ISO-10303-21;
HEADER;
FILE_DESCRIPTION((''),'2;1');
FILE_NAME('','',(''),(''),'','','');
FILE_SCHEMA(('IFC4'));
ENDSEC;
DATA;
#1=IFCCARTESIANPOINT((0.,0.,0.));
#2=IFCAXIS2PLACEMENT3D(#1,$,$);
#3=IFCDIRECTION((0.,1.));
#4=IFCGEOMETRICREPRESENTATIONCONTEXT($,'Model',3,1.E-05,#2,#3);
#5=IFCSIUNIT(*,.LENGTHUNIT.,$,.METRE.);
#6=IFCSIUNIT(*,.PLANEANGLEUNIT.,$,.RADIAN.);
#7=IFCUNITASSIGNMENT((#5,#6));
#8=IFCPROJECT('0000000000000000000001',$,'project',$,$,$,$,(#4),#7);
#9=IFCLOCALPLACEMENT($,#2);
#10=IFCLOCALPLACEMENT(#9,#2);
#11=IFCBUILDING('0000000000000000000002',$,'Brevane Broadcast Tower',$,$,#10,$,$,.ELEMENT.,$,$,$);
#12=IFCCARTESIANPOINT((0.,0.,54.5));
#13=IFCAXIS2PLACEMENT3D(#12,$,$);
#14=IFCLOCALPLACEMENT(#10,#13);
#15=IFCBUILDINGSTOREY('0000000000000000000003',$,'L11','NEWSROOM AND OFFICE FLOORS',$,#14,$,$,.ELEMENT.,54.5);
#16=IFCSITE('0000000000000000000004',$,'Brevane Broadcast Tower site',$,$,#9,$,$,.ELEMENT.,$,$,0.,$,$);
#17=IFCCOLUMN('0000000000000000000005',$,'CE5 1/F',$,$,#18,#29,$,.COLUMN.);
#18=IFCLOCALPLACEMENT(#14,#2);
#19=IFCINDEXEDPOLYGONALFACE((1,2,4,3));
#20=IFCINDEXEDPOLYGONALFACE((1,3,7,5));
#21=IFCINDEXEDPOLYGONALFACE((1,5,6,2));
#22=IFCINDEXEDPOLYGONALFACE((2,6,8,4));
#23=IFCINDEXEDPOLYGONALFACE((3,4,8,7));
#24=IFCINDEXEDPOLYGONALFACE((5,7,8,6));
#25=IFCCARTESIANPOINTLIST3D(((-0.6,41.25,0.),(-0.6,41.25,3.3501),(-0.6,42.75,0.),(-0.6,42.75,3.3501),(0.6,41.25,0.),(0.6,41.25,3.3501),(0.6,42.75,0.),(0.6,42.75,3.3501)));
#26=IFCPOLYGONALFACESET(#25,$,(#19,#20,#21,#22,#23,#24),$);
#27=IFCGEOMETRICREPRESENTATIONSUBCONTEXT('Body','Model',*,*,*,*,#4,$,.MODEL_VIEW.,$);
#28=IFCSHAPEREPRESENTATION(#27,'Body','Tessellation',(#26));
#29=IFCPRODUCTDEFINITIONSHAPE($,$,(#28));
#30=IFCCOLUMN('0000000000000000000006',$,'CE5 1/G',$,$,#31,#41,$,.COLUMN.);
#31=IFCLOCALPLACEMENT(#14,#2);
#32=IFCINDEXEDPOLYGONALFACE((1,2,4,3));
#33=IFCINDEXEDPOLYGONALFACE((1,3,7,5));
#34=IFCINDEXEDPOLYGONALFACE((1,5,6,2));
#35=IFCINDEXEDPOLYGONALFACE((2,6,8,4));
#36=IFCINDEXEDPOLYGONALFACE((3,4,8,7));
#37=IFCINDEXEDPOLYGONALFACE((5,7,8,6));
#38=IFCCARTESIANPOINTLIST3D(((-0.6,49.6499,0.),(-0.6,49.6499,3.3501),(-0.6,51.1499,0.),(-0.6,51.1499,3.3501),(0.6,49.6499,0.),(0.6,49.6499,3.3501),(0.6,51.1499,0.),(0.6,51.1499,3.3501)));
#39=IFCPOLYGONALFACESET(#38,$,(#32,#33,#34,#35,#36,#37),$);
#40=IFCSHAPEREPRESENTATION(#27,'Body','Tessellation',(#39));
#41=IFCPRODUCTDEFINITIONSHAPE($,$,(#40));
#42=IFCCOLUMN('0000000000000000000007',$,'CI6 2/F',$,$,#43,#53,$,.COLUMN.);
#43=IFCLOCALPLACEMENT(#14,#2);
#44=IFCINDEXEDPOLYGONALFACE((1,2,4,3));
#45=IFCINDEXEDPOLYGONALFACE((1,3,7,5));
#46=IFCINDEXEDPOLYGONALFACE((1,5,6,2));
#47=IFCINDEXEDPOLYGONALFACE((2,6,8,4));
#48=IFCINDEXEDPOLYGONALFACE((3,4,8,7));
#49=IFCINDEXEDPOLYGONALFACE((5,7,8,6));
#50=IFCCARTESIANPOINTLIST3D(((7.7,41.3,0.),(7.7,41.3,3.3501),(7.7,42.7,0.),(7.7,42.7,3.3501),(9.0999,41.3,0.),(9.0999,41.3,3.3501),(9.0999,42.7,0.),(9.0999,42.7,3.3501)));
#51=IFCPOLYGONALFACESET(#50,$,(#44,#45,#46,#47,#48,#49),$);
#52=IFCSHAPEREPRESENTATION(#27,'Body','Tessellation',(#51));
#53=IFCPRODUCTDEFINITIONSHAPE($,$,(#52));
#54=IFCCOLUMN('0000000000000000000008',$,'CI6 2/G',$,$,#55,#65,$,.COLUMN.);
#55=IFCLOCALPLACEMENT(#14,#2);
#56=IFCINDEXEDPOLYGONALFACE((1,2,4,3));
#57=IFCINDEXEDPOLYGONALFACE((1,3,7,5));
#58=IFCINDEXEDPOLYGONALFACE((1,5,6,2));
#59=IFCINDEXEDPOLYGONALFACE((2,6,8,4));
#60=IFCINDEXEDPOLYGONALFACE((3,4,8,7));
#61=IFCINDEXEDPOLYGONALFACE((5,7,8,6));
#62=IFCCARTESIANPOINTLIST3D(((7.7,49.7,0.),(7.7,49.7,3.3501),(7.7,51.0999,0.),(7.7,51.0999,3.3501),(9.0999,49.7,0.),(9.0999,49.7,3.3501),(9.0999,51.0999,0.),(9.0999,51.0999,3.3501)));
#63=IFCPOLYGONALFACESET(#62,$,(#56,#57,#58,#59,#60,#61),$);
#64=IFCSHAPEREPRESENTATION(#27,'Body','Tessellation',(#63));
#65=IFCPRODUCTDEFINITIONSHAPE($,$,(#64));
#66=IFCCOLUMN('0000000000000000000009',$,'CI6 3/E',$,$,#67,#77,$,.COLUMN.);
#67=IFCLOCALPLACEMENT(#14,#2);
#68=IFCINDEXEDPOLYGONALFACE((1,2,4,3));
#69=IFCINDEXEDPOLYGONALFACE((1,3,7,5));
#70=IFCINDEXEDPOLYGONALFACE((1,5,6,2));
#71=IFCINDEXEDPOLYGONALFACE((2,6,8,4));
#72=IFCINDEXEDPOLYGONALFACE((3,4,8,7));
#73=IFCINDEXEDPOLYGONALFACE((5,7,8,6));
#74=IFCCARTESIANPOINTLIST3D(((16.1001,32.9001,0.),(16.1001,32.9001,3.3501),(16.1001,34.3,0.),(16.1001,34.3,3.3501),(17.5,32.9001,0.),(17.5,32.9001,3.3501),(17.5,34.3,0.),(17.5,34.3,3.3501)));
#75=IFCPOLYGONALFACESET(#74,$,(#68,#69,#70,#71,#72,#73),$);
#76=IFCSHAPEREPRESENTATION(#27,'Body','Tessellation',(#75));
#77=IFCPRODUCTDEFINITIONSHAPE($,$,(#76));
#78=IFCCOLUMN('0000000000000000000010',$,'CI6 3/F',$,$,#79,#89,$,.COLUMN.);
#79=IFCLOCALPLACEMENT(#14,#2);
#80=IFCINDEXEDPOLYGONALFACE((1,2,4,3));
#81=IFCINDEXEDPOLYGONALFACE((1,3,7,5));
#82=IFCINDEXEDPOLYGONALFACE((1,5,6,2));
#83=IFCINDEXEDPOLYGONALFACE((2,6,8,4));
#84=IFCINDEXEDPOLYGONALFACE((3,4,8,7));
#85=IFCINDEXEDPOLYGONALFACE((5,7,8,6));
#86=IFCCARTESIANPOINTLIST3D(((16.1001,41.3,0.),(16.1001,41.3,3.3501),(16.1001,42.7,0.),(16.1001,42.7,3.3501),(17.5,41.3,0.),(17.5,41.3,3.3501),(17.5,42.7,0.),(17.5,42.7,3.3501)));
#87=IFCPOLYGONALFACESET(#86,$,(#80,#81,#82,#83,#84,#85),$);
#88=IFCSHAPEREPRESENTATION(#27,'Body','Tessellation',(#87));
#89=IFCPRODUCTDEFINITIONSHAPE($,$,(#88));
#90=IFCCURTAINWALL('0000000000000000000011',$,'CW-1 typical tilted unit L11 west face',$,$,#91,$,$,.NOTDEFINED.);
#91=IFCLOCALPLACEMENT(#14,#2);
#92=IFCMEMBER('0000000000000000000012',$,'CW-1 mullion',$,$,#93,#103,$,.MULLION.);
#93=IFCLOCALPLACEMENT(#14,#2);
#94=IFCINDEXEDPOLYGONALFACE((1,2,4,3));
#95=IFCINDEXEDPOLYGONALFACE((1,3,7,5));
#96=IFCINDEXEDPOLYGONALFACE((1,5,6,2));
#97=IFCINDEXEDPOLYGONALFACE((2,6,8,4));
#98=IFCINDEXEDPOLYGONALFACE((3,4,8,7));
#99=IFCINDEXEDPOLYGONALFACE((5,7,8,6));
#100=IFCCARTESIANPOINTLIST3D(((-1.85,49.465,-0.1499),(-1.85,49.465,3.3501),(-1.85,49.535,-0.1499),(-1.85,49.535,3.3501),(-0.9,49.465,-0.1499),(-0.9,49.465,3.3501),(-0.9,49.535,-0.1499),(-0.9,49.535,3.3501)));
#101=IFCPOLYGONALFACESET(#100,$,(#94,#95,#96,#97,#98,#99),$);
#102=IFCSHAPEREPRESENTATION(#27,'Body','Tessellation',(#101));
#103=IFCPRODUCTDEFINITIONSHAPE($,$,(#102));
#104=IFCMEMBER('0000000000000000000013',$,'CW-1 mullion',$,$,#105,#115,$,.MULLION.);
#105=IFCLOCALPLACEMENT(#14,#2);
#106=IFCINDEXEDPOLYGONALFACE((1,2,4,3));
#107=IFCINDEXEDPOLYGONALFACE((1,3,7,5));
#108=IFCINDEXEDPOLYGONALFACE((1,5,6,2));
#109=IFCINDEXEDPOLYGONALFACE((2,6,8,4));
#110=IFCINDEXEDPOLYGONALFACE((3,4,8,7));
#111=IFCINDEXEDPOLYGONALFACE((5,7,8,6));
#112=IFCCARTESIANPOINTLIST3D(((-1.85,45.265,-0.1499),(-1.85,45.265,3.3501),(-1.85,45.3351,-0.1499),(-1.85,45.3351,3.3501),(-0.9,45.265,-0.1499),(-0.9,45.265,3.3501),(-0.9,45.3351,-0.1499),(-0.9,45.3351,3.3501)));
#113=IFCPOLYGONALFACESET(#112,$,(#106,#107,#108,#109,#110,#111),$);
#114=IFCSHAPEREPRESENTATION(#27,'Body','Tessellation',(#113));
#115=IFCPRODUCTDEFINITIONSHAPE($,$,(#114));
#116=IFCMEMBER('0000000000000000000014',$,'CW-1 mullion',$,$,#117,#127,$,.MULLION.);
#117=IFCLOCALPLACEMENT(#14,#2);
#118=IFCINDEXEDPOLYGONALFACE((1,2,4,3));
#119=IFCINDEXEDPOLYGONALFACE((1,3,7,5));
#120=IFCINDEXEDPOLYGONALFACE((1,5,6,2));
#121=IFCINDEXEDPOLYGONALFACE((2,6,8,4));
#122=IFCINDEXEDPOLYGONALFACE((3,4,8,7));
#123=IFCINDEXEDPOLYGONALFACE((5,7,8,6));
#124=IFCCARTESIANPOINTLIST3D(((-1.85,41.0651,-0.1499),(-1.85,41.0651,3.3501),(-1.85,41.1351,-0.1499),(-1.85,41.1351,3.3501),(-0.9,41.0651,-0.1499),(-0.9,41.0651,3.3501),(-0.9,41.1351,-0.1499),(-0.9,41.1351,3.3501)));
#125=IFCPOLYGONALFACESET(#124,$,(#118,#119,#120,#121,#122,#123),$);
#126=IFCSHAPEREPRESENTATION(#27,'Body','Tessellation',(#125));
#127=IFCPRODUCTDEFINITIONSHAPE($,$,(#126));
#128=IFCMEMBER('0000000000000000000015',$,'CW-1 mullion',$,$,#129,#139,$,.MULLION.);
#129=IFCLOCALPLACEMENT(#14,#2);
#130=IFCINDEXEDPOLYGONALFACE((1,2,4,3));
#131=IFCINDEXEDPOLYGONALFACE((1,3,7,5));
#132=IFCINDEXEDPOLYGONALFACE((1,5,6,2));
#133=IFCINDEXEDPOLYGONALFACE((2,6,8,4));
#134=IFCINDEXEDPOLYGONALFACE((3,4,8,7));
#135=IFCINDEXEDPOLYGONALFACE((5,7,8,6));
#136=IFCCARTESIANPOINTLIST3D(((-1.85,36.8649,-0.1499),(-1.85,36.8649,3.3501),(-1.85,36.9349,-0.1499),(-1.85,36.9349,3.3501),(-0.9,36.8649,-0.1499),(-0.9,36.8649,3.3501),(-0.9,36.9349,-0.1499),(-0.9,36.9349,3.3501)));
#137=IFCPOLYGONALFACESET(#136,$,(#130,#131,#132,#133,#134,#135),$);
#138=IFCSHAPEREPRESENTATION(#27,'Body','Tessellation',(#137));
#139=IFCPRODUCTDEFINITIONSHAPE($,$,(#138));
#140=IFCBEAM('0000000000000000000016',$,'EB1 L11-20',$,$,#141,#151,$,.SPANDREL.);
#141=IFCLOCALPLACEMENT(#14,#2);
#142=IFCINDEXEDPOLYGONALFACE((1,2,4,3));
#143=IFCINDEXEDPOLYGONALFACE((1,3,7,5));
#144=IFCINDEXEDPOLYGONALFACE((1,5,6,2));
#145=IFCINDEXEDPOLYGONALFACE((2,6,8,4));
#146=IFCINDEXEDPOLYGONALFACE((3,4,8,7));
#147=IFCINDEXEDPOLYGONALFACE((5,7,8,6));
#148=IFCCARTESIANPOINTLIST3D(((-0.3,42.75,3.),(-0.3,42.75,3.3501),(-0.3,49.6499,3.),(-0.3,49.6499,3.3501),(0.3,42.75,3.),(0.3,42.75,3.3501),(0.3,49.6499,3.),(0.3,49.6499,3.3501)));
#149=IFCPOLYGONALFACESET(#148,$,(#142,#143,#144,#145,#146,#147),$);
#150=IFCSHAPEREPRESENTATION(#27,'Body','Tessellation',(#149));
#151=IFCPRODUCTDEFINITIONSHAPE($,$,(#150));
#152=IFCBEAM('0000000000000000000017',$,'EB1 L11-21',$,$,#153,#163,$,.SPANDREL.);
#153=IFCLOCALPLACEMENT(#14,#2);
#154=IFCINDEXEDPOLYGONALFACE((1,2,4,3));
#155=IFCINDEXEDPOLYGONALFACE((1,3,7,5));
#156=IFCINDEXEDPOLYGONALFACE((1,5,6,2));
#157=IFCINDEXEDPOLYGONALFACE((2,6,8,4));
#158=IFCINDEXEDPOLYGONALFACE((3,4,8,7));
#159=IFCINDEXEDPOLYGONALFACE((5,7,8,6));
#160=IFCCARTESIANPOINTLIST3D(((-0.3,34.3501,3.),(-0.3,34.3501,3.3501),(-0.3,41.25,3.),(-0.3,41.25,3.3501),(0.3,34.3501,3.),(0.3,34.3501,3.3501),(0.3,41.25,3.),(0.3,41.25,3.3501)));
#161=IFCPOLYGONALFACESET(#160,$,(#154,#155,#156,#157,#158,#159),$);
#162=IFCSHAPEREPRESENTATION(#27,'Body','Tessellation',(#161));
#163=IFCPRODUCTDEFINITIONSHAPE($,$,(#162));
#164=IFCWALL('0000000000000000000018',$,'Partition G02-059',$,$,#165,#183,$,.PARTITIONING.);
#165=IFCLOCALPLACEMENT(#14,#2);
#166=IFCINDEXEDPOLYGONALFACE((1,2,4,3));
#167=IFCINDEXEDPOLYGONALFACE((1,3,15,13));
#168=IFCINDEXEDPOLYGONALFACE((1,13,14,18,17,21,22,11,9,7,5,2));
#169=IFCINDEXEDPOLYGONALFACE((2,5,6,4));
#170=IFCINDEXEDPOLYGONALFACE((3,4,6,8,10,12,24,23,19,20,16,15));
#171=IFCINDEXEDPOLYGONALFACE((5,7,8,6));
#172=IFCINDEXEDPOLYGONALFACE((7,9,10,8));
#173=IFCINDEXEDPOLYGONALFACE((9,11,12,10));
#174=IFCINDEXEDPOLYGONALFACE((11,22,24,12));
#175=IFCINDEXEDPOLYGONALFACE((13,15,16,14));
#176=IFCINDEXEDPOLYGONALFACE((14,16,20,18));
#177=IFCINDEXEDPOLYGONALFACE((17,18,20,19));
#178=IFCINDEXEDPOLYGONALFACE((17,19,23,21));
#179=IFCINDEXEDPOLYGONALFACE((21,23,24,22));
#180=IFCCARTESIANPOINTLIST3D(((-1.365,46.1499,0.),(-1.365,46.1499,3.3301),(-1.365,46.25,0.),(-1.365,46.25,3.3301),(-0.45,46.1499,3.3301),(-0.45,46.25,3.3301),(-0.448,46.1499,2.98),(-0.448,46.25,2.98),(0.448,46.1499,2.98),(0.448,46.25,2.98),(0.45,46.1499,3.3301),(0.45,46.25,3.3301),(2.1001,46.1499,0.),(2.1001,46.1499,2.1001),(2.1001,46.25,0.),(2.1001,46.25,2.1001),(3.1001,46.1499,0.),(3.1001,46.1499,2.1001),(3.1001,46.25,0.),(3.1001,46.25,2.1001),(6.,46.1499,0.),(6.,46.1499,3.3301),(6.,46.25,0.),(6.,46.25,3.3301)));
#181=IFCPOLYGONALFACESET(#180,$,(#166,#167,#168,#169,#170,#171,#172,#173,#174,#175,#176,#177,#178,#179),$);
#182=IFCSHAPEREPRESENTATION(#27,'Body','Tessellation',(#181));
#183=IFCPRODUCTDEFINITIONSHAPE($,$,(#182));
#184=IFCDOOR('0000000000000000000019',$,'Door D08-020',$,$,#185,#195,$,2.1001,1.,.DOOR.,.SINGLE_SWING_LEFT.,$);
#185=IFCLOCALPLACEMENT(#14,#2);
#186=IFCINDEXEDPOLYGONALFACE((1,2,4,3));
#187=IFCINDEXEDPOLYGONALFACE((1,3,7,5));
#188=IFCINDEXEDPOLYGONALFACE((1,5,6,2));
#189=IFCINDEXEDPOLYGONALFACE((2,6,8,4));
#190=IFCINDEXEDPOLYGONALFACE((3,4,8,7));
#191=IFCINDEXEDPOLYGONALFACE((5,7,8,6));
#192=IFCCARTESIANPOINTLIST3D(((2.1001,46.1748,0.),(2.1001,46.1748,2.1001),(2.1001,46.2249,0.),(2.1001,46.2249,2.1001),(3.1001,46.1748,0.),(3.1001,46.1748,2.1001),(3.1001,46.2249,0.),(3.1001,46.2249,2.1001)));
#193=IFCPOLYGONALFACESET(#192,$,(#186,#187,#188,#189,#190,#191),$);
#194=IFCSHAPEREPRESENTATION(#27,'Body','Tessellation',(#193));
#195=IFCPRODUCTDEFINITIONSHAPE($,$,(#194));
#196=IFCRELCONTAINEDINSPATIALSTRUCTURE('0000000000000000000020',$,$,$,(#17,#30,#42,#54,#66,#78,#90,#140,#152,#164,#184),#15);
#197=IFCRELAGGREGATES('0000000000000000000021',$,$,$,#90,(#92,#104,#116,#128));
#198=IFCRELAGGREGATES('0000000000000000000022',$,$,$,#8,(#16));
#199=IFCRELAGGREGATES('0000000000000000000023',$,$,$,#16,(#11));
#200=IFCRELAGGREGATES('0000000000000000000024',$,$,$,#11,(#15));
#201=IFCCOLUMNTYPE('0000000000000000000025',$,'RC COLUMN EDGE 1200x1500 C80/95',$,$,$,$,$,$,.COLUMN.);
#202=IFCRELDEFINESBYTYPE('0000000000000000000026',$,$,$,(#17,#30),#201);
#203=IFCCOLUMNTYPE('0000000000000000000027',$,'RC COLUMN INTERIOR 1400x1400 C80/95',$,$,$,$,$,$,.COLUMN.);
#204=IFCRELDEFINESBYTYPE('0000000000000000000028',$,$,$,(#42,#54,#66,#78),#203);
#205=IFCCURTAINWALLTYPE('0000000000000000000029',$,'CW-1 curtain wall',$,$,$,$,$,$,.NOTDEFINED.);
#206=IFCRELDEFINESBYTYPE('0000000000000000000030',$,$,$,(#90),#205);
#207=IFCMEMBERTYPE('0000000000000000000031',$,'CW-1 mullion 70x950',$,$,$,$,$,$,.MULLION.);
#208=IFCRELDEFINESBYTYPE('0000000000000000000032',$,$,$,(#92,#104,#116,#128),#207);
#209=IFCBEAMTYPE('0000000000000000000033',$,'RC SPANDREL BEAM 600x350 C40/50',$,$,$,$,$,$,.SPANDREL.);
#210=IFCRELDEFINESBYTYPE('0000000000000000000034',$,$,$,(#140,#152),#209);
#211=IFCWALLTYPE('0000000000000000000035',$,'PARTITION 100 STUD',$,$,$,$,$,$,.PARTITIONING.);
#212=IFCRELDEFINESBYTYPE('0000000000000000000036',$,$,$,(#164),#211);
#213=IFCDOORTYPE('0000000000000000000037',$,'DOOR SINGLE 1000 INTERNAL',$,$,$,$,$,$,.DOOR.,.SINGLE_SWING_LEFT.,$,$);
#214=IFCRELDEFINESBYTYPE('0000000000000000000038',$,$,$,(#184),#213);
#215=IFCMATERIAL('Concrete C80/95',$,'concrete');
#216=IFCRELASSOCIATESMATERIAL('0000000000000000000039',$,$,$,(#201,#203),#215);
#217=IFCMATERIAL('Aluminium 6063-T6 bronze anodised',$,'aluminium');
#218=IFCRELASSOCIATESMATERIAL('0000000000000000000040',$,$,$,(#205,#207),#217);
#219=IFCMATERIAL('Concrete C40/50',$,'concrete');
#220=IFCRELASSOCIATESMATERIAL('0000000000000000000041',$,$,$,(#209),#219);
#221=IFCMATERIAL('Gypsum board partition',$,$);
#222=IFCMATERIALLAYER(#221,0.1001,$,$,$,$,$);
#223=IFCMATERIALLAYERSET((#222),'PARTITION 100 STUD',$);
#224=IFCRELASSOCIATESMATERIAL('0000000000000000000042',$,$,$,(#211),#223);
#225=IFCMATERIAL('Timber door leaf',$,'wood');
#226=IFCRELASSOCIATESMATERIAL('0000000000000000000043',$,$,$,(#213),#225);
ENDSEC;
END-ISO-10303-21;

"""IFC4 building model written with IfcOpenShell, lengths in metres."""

from ifc_helpers import new_model, si_unit, direction, frame, frame_2d, origin, origin_2d, place, context, subcontext, project, spatial, polyline, rectangle, outline, extrude, material, layer, layer_set, material_profile, profile_set, type_object, element, fill, aggregate, save


model = new_model("IFC4")

# Units and contexts
model_context = context("Model", 3, precision=1e-05, world=origin(), true_north=direction((0.0, 1.0)))
body_context = subcontext(model_context, "Body", "Model", "MODEL_VIEW")
ifc_project = project(units=[si_unit("LENGTHUNIT", "METRE"), si_unit("PLANEANGLEUNIT", "RADIAN")], contexts=[model_context])

# Site, building, storey
site_placement = place(None, origin())
site = spatial("IfcSite", under=ifc_project, at=site_placement, Name="Brevane Broadcast Tower site", CompositionType="ELEMENT", RefElevation=0.0)
building_placement = place(site_placement, origin())
building = spatial("IfcBuilding", under=site, at=building_placement, Name="Brevane Broadcast Tower", CompositionType="ELEMENT")
storey_placement = place(building_placement, frame((0.0, 0.0, 54.5)))
storey = spatial("IfcBuildingStorey", under=building, at=storey_placement, Name="L11", Description="NEWSROOM AND OFFICE FLOORS", CompositionType="ELEMENT", Elevation=54.5)

# Columns
ifc_material_1 = material(Name="Concrete C80/95", Category="concrete")
ifc_material_profile_1 = material_profile(ifc_material_1, rectangle(XDim=1.2, YDim=1.5, at=origin_2d()), Name="RC 1200x1500")
ifc_profile_set_1 = profile_set([ifc_material_profile_1], Name="Concrete C80/95")
column_type_1 = type_object("IfcColumnType", Name="RC COLUMN EDGE 1200x1500 C80/95", PredefinedType="COLUMN", material=ifc_profile_set_1)
for number, where, z_axis, x_axis, name in (
    (1, (0.0, 42.0, 0.0), (0.0, 0.0, 1.0), (1.0, 0.0, 0.0), "CE5 1/F"),
    (2, (0.0, 50.3999, 0.0), (0.0, 0.0, 1.0), (1.0, 0.0, 0.0), "CE5 1/G"),
):
    element("IfcColumn", number, at=place(storey_placement, frame(where, z_axis=z_axis, x_axis=x_axis)), inside=storey, type_object=column_type_1, Name=name, PredefinedType="COLUMN", context=body_context, shape_type="SweptSolid", body=[
        extrude(rectangle(XDim=1.2, YDim=1.5, at=origin_2d()), origin(), (0.0, 0.0, 1.0), 3.3501),
    ])
ifc_material_profile_2 = material_profile(ifc_material_1, rectangle(XDim=1.3999, YDim=1.3999, at=origin_2d()), Name="RC 1400x1400")
ifc_profile_set_2 = profile_set([ifc_material_profile_2], Name="Concrete C80/95")
column_type_2 = type_object("IfcColumnType", Name="RC COLUMN INTERIOR 1400x1400 C80/95", PredefinedType="COLUMN", material=ifc_profile_set_2)
for number, where, z_axis, x_axis, name in (
    (3, (8.3999, 42.0, 0.0), (0.0, 0.0, 1.0), (1.0, 0.0, 0.0), "CI6 2/F"),
    (4, (8.3999, 50.3999, 0.0), (0.0, 0.0, 1.0), (1.0, 0.0, 0.0), "CI6 2/G"),
    (5, (16.8, 33.6001, 0.0), (0.0, 0.0, 1.0), (1.0, 0.0, 0.0), "CI6 3/E"),
    (6, (16.8, 42.0, 0.0), (0.0, 0.0, 1.0), (1.0, 0.0, 0.0), "CI6 3/F"),
):
    element("IfcColumn", number, at=place(storey_placement, frame(where, z_axis=z_axis, x_axis=x_axis)), inside=storey, type_object=column_type_2, Name=name, PredefinedType="COLUMN", context=body_context, shape_type="SweptSolid", body=[
        extrude(rectangle(XDim=1.3999, YDim=1.3999, at=origin_2d()), origin(), (0.0, 0.0, 1.0), 3.3501),
    ])

# Curtain wall, members
ifc_material_2 = material(Name="Aluminium 6063-T6 bronze anodised", Category="aluminium")
curtain_wall_type = type_object("IfcCurtainWallType", Name="CW-1 curtain wall", PredefinedType="NOTDEFINED", material=ifc_material_2)
curtain_wall_placement = place(storey_placement, origin())
curtain_wall = element("IfcCurtainWall", 7, at=curtain_wall_placement, inside=storey, type_object=curtain_wall_type, Name="CW-1 typical tilted unit L11 west face", PredefinedType="NOTDEFINED")
ifc_material_profile_3 = material_profile(ifc_material_2, rectangle(XDim=0.95, YDim=0.0701, at=origin_2d()), Name="RECT 70x950")
ifc_profile_set_3 = profile_set([ifc_material_profile_3], Name="Aluminium 6063-T6 bronze anodised")
member_type = type_object("IfcMemberType", Name="CW-1 mullion 70x950", PredefinedType="MULLION", material=ifc_profile_set_3)
member_1_placement = place(storey_placement, frame((-1.375, 49.5, -0.1499), z_axis=(0.0, 0.0, 1.0), x_axis=(1.0, 0.0, 0.0)))
member_1 = element("IfcMember", 8, at=member_1_placement, type_object=member_type, Name="CW-1 mullion", PredefinedType="MULLION", context=body_context, shape_type="SweptSolid", body=[
    extrude(rectangle(XDim=0.95, YDim=0.0701, at=origin_2d()), origin(), (0.0, 0.0, 1.0), 3.5),
])
member_2_placement = place(storey_placement, frame((-1.375, 45.3, -0.1499), z_axis=(0.0, 0.0, 1.0), x_axis=(1.0, 0.0, 0.0)))
member_2 = element("IfcMember", 9, at=member_2_placement, type_object=member_type, Name="CW-1 mullion", PredefinedType="MULLION", context=body_context, shape_type="SweptSolid", body=[
    extrude(rectangle(XDim=0.95, YDim=0.0701, at=origin_2d()), origin(), (0.0, 0.0, 1.0), 3.5),
])
member_3_placement = place(storey_placement, frame((-1.375, 41.1001, -0.1499), z_axis=(0.0, 0.0, 1.0), x_axis=(1.0, 0.0, 0.0)))
member_3 = element("IfcMember", 10, at=member_3_placement, type_object=member_type, Name="CW-1 mullion", PredefinedType="MULLION", context=body_context, shape_type="SweptSolid", body=[
    extrude(rectangle(XDim=0.95, YDim=0.0701, at=origin_2d()), origin(), (0.0, 0.0, 1.0), 3.5),
])
member_4_placement = place(storey_placement, frame((-1.375, 36.8999, -0.1499), z_axis=(0.0, 0.0, 1.0), x_axis=(1.0, 0.0, 0.0)))
member_4 = element("IfcMember", 11, at=member_4_placement, type_object=member_type, Name="CW-1 mullion", PredefinedType="MULLION", context=body_context, shape_type="SweptSolid", body=[
    extrude(rectangle(XDim=0.95, YDim=0.0701, at=origin_2d()), origin(), (0.0, 0.0, 1.0), 3.5),
])
aggregate(curtain_wall, [member_1, member_2, member_3, member_4])

# Beams
ifc_material_3 = material(Name="Concrete C40/50", Category="concrete")
ifc_material_profile_4 = material_profile(ifc_material_3, rectangle(XDim=0.6001, YDim=0.3501, at=origin_2d()), Name="RC 600x350")
ifc_profile_set_4 = profile_set([ifc_material_profile_4], Name="Concrete C40/50")
beam_type = type_object("IfcBeamType", Name="RC SPANDREL BEAM 600x350 C40/50", PredefinedType="SPANDREL", material=ifc_profile_set_4)
for number, where, z_axis, x_axis, name in (
    (12, (0.0, 49.6499, 3.175), (0.0, -1.0, 0.0), (1.0, 0.0, 0.0), "EB1 L11-20"),
    (13, (0.0, 41.25, 3.175), (0.0, -1.0, 0.0), (1.0, 0.0, 0.0), "EB1 L11-21"),
):
    element("IfcBeam", number, at=place(storey_placement, frame(where, z_axis=z_axis, x_axis=x_axis)), inside=storey, type_object=beam_type, Name=name, PredefinedType="SPANDREL", context=body_context, shape_type="SweptSolid", body=[
        extrude(rectangle(XDim=0.6001, YDim=0.3501, at=origin_2d()), origin(), (0.0, 0.0, 1.0), 6.8999),
    ])

# Wall, opening, door
ifc_material_4 = material(Name="Gypsum board partition")
ifc_layer_1 = layer(ifc_material_4, 0.1001)
ifc_layer_set_1 = layer_set([ifc_layer_1], Name="PARTITION 100 STUD")
wall_type_1 = type_object("IfcWallType", Name="PARTITION 100 STUD", PredefinedType="PARTITIONING", material=ifc_layer_set_1)
wall_1_placement = place(storey_placement, frame((-1.365, 46.2, 0.0), z_axis=(0.0, 0.0, 1.0), x_axis=(1.0, 0.0, 0.0)))
wall_1 = element("IfcWall", 14, at=wall_1_placement, inside=storey, type_object=wall_type_1, Name="Partition G02-059", PredefinedType="PARTITIONING", context=body_context, shape_type="SweptSolid", body=[
    extrude(outline(polyline([(0.0, 0.0), (7.365, 0.0), (7.365, 3.3301), (1.8149, 3.3301), (1.813, 2.98), (0.917, 2.98), (0.915, 3.3301), (0.2649, 3.3301), (0.0, 3.3301), (0.0, 0.0)])), frame((0.0, 0.05, 0.0), z_axis=(0.0, -1.0, 0.0), x_axis=(1.0, 0.0, 0.0)), (0.0, 0.0, 1.0), 0.1001),
])
opening_1_placement = place(wall_1_placement, frame((3.4651, 0.0, 0.0)))
opening_1 = element("IfcOpeningElement", 15, at=opening_1_placement, cuts=wall_1, PredefinedType="OPENING", context=body_context, shape_type="SweptSolid", body=[
    extrude(rectangle(XDim=1.0, YDim=2.1001, at=frame_2d((0.5, 1.05))), frame((0.0, 0.0601, 0.0), z_axis=(0.0, -1.0, 0.0), x_axis=(1.0, 0.0, 0.0)), (0.0, 0.0, 1.0), 0.1201),
])
ifc_material_5 = material(Name="Timber door leaf", Category="wood")
door_type_1 = type_object("IfcDoorType", Name="DOOR SINGLE 1000 INTERNAL", OperationType="SINGLE_SWING_LEFT", PredefinedType="DOOR", material=ifc_material_5)
door_1_placement = place(opening_1_placement, origin())
door_1 = element("IfcDoor", 16, at=door_1_placement, inside=storey, type_object=door_type_1, Name="Door D08-020", OperationType="SINGLE_SWING_LEFT", OverallHeight=2.1001, OverallWidth=1.0, PredefinedType="DOOR", context=body_context, shape_type="SweptSolid", body=[
    extrude(rectangle(XDim=1.0, YDim=2.1001, at=frame_2d((0.5, 1.05))), frame((0.0, 0.0249, 0.0), z_axis=(0.0, -1.0, 0.0), x_axis=(1.0, 0.0, 0.0)), (0.0, 0.0, 1.0), 0.05),
])
fill(opening_1, door_1)

save(model, "model.ifc")
